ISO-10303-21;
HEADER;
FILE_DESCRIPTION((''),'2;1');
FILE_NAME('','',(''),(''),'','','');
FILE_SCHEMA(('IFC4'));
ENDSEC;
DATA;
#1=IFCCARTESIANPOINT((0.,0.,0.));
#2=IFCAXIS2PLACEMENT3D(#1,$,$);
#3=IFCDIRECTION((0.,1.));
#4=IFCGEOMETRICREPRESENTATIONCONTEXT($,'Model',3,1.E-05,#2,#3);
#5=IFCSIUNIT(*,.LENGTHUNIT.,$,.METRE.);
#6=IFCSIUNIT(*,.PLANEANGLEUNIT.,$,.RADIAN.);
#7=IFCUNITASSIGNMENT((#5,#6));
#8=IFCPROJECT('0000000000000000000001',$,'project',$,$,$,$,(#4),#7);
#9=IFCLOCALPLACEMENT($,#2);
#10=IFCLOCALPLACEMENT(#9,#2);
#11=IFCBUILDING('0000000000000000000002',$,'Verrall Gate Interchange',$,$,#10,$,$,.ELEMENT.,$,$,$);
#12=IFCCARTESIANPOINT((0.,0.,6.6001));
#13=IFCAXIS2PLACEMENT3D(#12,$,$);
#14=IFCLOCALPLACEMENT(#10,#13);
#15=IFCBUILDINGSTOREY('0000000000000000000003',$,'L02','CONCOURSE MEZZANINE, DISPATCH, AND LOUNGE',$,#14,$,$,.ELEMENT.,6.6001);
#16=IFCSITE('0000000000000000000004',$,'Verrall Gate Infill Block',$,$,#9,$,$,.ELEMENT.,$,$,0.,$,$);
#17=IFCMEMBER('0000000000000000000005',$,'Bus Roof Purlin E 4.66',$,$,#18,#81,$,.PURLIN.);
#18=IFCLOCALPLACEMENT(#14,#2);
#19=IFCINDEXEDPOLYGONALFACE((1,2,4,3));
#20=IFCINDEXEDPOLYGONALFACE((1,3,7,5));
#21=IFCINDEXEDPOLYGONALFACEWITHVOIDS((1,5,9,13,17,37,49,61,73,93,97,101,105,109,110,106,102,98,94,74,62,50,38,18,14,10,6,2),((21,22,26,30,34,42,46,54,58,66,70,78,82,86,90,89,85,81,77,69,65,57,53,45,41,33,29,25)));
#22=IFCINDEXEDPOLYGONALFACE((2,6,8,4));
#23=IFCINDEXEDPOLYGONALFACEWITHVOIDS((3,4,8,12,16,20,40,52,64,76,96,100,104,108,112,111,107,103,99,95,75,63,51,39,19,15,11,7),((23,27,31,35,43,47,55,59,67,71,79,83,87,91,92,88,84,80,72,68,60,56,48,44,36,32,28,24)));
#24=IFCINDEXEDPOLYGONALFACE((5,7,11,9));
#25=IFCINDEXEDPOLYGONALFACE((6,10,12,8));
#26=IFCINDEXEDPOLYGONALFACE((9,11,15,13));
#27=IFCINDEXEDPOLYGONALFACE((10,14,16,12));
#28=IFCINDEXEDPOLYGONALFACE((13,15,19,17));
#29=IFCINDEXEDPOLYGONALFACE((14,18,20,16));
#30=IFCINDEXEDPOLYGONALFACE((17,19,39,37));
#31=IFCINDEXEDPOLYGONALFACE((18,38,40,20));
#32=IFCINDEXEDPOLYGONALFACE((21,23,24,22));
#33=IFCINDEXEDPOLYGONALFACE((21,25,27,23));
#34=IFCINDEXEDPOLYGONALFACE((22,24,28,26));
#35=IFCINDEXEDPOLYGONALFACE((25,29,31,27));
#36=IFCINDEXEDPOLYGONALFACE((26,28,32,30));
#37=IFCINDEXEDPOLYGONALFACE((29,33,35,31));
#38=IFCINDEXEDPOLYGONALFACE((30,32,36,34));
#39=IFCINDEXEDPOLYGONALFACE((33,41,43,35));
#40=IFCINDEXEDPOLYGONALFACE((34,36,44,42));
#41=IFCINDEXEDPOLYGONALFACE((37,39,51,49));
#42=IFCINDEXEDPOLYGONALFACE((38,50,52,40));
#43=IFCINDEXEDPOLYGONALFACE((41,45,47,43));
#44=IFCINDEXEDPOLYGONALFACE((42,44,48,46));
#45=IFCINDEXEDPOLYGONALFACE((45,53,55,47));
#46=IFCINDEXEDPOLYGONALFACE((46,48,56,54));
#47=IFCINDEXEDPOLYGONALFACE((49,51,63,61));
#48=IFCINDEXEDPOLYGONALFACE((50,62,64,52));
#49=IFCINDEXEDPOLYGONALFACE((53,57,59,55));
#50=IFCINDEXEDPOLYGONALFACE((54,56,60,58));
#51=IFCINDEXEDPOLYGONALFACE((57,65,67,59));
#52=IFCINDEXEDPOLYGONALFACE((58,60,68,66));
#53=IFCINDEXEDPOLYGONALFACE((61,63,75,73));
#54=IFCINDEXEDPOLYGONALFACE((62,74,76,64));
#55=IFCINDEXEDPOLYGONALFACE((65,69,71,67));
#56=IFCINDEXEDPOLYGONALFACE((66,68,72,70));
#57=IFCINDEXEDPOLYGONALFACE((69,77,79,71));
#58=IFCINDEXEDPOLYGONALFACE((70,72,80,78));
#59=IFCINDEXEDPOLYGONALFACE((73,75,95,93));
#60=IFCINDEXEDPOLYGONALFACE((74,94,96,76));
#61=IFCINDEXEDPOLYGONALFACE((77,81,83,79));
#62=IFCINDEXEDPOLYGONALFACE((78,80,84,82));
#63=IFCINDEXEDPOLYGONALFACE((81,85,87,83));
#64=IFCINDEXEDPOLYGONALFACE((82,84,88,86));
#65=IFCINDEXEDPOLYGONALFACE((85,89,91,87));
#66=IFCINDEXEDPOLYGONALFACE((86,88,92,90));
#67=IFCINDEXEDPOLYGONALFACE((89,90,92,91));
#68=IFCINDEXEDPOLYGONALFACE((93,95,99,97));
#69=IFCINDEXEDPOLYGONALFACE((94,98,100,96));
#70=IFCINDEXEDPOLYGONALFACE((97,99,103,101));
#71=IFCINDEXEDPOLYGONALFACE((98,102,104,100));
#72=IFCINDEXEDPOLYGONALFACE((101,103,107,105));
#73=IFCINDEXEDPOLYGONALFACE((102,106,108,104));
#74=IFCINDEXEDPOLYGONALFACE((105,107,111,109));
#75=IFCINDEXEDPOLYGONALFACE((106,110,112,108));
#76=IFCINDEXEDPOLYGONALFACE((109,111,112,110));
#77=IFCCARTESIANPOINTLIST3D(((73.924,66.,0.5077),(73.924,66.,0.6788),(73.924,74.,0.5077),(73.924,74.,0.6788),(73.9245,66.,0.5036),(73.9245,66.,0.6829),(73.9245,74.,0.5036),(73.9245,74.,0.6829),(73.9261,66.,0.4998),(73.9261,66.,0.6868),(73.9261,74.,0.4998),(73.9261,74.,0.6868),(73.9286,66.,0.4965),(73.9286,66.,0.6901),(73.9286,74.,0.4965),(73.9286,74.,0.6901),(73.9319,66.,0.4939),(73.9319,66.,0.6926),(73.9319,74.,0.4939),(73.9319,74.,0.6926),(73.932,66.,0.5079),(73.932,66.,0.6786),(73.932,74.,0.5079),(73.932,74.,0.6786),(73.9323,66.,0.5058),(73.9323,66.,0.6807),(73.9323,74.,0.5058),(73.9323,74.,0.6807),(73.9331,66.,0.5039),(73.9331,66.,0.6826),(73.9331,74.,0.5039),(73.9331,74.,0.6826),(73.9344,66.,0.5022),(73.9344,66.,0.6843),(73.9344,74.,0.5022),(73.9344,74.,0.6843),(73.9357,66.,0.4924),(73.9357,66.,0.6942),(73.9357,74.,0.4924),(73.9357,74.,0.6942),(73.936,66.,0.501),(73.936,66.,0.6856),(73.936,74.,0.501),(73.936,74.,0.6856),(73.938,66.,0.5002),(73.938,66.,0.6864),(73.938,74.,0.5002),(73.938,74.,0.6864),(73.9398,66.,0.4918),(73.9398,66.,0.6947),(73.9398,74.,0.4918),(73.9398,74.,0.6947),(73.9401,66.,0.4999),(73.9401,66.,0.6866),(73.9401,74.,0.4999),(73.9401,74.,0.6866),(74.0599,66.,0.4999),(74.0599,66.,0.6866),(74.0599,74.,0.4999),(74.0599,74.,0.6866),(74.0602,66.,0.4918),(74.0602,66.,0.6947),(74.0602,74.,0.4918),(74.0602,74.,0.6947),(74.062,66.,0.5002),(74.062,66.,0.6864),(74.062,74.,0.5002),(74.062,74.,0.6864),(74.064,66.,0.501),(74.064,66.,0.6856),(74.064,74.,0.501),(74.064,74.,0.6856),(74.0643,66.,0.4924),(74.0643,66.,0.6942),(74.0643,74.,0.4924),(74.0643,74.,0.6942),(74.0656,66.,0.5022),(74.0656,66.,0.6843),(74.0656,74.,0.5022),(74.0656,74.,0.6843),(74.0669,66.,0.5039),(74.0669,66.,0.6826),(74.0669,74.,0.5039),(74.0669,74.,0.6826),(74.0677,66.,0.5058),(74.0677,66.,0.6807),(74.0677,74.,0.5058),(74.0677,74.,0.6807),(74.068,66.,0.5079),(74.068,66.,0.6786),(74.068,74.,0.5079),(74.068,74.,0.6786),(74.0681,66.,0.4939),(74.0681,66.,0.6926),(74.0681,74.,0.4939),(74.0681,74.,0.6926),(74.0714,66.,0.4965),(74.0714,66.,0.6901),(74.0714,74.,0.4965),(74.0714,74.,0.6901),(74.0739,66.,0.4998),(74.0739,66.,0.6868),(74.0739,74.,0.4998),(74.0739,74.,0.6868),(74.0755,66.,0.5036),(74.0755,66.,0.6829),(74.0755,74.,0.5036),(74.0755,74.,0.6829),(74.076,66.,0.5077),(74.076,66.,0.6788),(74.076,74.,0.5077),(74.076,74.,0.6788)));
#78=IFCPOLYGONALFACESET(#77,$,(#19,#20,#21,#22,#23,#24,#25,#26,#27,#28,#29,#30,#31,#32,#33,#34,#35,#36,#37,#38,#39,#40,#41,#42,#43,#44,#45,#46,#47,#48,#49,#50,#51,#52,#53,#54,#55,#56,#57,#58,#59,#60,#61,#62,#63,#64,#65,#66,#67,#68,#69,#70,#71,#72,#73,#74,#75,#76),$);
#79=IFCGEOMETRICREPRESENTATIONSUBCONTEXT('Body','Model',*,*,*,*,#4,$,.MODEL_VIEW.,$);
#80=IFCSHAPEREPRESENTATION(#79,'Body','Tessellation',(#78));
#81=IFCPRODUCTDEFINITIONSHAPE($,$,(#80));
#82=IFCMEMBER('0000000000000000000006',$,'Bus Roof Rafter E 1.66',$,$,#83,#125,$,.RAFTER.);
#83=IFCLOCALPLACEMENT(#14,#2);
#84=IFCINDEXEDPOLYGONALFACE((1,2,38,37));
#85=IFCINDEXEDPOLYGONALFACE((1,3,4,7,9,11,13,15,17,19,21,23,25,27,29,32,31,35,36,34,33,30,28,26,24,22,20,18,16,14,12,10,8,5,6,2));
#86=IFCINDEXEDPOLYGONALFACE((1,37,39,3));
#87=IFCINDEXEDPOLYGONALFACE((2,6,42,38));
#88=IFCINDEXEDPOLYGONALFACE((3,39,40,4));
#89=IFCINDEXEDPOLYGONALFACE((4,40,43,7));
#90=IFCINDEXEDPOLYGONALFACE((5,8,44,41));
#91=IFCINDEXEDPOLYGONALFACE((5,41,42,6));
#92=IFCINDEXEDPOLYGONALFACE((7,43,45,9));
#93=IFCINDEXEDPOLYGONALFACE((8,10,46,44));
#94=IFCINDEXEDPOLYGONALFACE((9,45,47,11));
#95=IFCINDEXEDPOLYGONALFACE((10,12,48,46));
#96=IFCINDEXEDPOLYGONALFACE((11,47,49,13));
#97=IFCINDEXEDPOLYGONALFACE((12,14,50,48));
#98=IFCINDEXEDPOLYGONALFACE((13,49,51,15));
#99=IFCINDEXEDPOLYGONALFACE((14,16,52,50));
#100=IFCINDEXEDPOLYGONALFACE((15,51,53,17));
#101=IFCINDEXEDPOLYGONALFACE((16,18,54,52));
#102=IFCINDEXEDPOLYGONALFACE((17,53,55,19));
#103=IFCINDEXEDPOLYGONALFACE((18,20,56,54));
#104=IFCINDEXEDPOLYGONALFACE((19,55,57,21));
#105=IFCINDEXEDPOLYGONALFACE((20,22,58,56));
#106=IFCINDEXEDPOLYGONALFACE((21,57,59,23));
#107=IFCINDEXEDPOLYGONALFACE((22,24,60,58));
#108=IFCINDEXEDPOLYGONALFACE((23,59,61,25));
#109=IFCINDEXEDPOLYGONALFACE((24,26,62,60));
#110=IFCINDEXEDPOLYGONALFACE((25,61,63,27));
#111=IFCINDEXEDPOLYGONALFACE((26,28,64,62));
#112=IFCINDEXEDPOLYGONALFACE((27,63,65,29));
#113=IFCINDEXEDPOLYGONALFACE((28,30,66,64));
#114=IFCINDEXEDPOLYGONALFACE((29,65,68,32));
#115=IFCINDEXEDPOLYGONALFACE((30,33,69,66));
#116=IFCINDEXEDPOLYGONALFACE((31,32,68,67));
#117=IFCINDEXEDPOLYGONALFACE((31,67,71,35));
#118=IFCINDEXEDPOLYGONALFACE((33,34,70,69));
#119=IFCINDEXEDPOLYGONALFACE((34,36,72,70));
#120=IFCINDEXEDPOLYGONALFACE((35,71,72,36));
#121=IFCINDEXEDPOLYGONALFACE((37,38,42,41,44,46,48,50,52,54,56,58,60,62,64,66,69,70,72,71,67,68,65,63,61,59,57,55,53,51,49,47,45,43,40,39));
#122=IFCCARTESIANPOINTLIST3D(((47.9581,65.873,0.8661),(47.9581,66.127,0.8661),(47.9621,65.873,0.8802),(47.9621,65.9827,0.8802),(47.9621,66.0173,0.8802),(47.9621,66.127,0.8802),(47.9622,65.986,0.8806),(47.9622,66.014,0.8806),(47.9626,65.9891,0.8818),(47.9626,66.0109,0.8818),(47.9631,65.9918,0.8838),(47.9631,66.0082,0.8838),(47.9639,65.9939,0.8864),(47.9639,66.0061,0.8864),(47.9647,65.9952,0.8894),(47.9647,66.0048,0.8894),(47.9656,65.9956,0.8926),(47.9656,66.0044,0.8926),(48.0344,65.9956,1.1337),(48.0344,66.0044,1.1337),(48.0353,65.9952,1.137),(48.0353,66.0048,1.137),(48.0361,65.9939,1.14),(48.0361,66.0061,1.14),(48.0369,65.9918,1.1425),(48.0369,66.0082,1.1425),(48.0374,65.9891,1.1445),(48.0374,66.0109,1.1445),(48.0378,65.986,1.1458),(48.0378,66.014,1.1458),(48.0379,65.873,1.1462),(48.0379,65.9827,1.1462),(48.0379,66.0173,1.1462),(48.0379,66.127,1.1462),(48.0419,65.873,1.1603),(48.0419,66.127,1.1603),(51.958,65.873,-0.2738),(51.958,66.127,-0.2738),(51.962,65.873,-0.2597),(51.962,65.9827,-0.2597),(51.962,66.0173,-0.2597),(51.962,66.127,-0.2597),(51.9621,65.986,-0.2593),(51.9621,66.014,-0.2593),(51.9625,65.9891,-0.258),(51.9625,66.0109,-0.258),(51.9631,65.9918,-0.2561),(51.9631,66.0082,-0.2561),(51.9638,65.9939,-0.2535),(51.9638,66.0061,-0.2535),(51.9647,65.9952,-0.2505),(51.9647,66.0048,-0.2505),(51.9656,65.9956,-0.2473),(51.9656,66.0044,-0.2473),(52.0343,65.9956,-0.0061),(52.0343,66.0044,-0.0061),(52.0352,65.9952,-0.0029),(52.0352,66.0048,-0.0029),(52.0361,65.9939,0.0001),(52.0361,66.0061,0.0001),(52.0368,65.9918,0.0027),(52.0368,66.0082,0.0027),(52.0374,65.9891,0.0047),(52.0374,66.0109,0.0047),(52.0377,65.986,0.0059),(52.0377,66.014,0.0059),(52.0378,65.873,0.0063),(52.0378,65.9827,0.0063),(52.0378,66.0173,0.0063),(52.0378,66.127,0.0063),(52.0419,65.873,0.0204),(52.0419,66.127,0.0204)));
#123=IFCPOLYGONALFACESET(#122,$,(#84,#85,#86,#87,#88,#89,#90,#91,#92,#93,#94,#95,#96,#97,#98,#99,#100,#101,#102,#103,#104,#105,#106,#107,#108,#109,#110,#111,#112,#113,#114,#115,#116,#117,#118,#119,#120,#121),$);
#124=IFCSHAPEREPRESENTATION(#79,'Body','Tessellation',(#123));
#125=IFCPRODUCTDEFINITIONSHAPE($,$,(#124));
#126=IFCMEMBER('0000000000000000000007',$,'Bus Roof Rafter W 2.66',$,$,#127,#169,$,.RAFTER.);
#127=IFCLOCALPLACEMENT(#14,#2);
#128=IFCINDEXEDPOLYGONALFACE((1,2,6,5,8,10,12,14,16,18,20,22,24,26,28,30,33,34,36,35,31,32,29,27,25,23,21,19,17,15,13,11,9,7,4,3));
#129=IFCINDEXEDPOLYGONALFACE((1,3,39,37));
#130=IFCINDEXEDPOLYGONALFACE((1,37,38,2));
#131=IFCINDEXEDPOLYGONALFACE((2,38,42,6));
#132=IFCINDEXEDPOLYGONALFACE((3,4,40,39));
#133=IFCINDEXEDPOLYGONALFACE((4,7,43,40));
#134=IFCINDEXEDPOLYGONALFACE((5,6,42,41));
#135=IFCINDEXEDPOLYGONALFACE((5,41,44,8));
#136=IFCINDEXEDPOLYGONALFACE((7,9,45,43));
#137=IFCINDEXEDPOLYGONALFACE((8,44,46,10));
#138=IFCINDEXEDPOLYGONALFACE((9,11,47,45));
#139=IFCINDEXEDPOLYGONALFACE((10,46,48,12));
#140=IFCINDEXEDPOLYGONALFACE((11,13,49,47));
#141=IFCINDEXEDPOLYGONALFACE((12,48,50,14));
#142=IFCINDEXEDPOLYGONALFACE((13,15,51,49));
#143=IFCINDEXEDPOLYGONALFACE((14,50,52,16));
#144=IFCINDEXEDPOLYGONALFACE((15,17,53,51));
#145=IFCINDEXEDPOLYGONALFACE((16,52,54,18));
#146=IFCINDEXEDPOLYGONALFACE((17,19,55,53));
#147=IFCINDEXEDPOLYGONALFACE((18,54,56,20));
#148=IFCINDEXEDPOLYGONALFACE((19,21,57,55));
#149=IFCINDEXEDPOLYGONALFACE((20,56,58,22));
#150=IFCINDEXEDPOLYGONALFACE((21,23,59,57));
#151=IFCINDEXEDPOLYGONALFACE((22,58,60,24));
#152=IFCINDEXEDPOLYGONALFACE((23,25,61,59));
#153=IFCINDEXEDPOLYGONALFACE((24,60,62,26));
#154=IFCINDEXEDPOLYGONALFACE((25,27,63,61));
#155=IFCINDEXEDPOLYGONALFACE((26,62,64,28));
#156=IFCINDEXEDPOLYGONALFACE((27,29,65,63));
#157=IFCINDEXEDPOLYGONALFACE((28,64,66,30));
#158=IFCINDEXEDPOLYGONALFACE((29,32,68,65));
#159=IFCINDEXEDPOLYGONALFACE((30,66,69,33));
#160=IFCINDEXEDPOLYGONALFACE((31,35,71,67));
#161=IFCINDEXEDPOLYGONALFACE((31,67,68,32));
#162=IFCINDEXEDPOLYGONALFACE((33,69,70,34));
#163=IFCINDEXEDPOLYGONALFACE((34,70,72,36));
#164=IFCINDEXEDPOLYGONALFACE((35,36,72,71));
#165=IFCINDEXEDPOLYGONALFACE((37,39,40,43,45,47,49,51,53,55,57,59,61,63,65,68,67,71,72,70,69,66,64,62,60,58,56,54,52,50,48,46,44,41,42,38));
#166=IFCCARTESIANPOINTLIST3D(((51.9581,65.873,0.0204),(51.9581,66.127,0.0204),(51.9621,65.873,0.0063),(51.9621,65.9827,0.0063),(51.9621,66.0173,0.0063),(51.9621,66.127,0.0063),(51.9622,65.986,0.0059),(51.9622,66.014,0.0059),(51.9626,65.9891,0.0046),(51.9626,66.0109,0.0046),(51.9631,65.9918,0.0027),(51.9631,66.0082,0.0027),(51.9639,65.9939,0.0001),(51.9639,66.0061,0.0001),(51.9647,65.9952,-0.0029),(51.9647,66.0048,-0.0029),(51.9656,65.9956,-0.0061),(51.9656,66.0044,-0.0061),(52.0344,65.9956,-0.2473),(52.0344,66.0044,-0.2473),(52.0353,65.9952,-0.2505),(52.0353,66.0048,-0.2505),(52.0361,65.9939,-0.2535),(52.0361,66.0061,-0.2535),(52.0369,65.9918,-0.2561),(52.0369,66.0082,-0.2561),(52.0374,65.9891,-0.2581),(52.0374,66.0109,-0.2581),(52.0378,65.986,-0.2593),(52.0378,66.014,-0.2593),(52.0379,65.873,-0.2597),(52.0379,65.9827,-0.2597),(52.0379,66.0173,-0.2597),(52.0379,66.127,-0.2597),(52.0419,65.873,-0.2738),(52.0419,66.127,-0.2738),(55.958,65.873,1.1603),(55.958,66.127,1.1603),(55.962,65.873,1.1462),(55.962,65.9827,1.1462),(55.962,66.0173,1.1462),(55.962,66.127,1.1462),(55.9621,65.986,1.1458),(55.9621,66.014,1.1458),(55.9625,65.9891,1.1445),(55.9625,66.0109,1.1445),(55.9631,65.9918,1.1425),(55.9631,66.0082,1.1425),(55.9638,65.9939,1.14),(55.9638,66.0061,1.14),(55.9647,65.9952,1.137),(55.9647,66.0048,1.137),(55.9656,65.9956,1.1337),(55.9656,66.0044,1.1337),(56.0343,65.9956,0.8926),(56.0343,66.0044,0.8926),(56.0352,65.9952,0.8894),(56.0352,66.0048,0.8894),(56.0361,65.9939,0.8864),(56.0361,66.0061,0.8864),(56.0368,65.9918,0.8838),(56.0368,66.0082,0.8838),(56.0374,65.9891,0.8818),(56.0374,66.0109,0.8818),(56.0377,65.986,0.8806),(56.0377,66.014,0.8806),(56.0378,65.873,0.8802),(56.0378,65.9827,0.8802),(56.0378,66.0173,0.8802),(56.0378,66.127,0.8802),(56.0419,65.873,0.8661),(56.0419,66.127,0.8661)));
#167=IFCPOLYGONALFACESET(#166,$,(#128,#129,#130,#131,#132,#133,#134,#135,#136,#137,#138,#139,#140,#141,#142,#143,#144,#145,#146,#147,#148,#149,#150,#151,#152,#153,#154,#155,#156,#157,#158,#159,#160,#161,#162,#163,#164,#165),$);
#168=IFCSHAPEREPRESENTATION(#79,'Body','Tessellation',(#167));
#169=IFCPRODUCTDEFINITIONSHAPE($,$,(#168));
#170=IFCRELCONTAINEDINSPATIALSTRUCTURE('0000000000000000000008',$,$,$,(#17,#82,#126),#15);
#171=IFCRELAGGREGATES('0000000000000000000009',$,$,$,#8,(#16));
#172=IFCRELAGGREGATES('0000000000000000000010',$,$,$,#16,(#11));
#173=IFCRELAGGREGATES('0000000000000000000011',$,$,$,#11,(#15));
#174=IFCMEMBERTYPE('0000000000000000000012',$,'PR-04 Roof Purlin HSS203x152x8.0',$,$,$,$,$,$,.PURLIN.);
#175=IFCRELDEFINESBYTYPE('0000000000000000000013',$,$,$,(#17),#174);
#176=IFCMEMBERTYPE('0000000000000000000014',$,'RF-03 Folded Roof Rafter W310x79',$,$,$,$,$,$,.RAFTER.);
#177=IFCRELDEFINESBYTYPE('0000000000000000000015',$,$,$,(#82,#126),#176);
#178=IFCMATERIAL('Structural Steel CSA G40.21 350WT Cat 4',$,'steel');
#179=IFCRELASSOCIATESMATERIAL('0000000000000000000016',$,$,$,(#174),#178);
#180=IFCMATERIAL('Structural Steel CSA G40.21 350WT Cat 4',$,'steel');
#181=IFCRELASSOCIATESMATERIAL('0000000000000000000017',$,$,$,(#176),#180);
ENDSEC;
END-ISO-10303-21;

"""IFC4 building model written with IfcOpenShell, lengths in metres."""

from ifc_helpers import new_model, si_unit, direction, frame, origin, origin_2d, place, context, subcontext, project, spatial, hollow_rectangle, i_section, extrude, material, material_profile, profile_set, type_object, element, save


model = new_model("IFC4")

# Units and contexts
model_context = context("Model", 3, precision=1e-05, world=origin(), true_north=direction((0.0, 1.0)))
body_context = subcontext(model_context, "Body", "Model", "MODEL_VIEW")
ifc_project = project(units=[si_unit("LENGTHUNIT", "METRE"), si_unit("PLANEANGLEUNIT", "RADIAN")], contexts=[model_context])

# Site, building, storey
site_placement = place(None, origin())
site = spatial("IfcSite", under=ifc_project, at=site_placement, Name="Verrall Gate Infill Block", CompositionType="ELEMENT", RefElevation=0.0)
building_placement = place(site_placement, origin())
building = spatial("IfcBuilding", under=site, at=building_placement, Name="Verrall Gate Interchange", CompositionType="ELEMENT")
storey_placement = place(building_placement, frame((0.0, 0.0, 6.6001)))
storey = spatial("IfcBuildingStorey", under=building, at=storey_placement, Name="L02", Description="CONCOURSE MEZZANINE, DISPATCH, AND LOUNGE", CompositionType="ELEMENT", Elevation=6.6001)

# Members
ifc_material_1 = material(Name="Structural Steel CSA G40.21 350WT Cat 4", Category="steel")
ifc_material_profile_1 = material_profile(ifc_material_1, hollow_rectangle(XDim=0.1521, YDim=0.2029, WallThickness=0.0081, InnerFilletRadius=0.0081, OuterFilletRadius=0.0159, at=origin_2d()), Name="HSS203x152x8.0")
ifc_profile_set_1 = profile_set([ifc_material_profile_1], Name="Structural Steel CSA G40.21 350WT Cat 4")
member_type_1 = type_object("IfcMemberType", Name="PR-04 Roof Purlin HSS203x152x8.0", PredefinedType="PURLIN", material=ifc_profile_set_1)
for number, where, z_axis, x_axis, name in (
    (1, (74.0, 66.0, 0.5933), (0.0, 1.0, 0.0), (-1.0, 0.0, 0.0), "Bus Roof Purlin E 4.66"),
):
    element("IfcMember", number, at=place(storey_placement, frame(where, z_axis=z_axis, x_axis=x_axis)), inside=storey, type_object=member_type_1, Name=name, PredefinedType="PURLIN", context=body_context, shape_type="SweptSolid", body=[
        extrude(hollow_rectangle(XDim=0.1521, YDim=0.2029, WallThickness=0.0081, InnerFilletRadius=0.0081, OuterFilletRadius=0.0159, at=origin_2d()), origin(), (0.0, 0.0, 1.0), 8.0),
    ])
ifc_material_2 = material(Name="Structural Steel CSA G40.21 350WT Cat 4", Category="steel")
ifc_material_profile_2 = material_profile(ifc_material_2, i_section(OverallWidth=0.2539, OverallDepth=0.3059, WebThickness=0.0088, FlangeThickness=0.0146, FilletRadius=0.0129, at=origin_2d()), Name="W310x79")
ifc_profile_set_2 = profile_set([ifc_material_profile_2], Name="Structural Steel CSA G40.21 350WT Cat 4")
member_type_2 = type_object("IfcMemberType", Name="RF-03 Folded Roof Rafter W310x79", PredefinedType="RAFTER", material=ifc_profile_set_2)
for number, where, z_axis, x_axis, name in (
    (2, (48.0, 66.0, 1.0132), (0.961712, 0.0, -0.274062), (0.0, 1.0, 0.0), "Bus Roof Rafter E 1.66"),
    (3, (52.0, 66.0, -0.1267), (0.961712, 0.0, 0.274062), (0.0, 1.0, 0.0), "Bus Roof Rafter W 2.66"),
):
    element("IfcMember", number, at=place(storey_placement, frame(where, z_axis=z_axis, x_axis=x_axis)), inside=storey, type_object=member_type_2, Name=name, PredefinedType="RAFTER", context=body_context, shape_type="SweptSolid", body=[
        extrude(i_section(OverallWidth=0.2539, OverallDepth=0.3059, WebThickness=0.0088, FlangeThickness=0.0146, FilletRadius=0.0129, at=origin_2d()), origin(), (0.0, 0.0, 1.0), 4.1592),
    ])

save(model, "model.ifc")
